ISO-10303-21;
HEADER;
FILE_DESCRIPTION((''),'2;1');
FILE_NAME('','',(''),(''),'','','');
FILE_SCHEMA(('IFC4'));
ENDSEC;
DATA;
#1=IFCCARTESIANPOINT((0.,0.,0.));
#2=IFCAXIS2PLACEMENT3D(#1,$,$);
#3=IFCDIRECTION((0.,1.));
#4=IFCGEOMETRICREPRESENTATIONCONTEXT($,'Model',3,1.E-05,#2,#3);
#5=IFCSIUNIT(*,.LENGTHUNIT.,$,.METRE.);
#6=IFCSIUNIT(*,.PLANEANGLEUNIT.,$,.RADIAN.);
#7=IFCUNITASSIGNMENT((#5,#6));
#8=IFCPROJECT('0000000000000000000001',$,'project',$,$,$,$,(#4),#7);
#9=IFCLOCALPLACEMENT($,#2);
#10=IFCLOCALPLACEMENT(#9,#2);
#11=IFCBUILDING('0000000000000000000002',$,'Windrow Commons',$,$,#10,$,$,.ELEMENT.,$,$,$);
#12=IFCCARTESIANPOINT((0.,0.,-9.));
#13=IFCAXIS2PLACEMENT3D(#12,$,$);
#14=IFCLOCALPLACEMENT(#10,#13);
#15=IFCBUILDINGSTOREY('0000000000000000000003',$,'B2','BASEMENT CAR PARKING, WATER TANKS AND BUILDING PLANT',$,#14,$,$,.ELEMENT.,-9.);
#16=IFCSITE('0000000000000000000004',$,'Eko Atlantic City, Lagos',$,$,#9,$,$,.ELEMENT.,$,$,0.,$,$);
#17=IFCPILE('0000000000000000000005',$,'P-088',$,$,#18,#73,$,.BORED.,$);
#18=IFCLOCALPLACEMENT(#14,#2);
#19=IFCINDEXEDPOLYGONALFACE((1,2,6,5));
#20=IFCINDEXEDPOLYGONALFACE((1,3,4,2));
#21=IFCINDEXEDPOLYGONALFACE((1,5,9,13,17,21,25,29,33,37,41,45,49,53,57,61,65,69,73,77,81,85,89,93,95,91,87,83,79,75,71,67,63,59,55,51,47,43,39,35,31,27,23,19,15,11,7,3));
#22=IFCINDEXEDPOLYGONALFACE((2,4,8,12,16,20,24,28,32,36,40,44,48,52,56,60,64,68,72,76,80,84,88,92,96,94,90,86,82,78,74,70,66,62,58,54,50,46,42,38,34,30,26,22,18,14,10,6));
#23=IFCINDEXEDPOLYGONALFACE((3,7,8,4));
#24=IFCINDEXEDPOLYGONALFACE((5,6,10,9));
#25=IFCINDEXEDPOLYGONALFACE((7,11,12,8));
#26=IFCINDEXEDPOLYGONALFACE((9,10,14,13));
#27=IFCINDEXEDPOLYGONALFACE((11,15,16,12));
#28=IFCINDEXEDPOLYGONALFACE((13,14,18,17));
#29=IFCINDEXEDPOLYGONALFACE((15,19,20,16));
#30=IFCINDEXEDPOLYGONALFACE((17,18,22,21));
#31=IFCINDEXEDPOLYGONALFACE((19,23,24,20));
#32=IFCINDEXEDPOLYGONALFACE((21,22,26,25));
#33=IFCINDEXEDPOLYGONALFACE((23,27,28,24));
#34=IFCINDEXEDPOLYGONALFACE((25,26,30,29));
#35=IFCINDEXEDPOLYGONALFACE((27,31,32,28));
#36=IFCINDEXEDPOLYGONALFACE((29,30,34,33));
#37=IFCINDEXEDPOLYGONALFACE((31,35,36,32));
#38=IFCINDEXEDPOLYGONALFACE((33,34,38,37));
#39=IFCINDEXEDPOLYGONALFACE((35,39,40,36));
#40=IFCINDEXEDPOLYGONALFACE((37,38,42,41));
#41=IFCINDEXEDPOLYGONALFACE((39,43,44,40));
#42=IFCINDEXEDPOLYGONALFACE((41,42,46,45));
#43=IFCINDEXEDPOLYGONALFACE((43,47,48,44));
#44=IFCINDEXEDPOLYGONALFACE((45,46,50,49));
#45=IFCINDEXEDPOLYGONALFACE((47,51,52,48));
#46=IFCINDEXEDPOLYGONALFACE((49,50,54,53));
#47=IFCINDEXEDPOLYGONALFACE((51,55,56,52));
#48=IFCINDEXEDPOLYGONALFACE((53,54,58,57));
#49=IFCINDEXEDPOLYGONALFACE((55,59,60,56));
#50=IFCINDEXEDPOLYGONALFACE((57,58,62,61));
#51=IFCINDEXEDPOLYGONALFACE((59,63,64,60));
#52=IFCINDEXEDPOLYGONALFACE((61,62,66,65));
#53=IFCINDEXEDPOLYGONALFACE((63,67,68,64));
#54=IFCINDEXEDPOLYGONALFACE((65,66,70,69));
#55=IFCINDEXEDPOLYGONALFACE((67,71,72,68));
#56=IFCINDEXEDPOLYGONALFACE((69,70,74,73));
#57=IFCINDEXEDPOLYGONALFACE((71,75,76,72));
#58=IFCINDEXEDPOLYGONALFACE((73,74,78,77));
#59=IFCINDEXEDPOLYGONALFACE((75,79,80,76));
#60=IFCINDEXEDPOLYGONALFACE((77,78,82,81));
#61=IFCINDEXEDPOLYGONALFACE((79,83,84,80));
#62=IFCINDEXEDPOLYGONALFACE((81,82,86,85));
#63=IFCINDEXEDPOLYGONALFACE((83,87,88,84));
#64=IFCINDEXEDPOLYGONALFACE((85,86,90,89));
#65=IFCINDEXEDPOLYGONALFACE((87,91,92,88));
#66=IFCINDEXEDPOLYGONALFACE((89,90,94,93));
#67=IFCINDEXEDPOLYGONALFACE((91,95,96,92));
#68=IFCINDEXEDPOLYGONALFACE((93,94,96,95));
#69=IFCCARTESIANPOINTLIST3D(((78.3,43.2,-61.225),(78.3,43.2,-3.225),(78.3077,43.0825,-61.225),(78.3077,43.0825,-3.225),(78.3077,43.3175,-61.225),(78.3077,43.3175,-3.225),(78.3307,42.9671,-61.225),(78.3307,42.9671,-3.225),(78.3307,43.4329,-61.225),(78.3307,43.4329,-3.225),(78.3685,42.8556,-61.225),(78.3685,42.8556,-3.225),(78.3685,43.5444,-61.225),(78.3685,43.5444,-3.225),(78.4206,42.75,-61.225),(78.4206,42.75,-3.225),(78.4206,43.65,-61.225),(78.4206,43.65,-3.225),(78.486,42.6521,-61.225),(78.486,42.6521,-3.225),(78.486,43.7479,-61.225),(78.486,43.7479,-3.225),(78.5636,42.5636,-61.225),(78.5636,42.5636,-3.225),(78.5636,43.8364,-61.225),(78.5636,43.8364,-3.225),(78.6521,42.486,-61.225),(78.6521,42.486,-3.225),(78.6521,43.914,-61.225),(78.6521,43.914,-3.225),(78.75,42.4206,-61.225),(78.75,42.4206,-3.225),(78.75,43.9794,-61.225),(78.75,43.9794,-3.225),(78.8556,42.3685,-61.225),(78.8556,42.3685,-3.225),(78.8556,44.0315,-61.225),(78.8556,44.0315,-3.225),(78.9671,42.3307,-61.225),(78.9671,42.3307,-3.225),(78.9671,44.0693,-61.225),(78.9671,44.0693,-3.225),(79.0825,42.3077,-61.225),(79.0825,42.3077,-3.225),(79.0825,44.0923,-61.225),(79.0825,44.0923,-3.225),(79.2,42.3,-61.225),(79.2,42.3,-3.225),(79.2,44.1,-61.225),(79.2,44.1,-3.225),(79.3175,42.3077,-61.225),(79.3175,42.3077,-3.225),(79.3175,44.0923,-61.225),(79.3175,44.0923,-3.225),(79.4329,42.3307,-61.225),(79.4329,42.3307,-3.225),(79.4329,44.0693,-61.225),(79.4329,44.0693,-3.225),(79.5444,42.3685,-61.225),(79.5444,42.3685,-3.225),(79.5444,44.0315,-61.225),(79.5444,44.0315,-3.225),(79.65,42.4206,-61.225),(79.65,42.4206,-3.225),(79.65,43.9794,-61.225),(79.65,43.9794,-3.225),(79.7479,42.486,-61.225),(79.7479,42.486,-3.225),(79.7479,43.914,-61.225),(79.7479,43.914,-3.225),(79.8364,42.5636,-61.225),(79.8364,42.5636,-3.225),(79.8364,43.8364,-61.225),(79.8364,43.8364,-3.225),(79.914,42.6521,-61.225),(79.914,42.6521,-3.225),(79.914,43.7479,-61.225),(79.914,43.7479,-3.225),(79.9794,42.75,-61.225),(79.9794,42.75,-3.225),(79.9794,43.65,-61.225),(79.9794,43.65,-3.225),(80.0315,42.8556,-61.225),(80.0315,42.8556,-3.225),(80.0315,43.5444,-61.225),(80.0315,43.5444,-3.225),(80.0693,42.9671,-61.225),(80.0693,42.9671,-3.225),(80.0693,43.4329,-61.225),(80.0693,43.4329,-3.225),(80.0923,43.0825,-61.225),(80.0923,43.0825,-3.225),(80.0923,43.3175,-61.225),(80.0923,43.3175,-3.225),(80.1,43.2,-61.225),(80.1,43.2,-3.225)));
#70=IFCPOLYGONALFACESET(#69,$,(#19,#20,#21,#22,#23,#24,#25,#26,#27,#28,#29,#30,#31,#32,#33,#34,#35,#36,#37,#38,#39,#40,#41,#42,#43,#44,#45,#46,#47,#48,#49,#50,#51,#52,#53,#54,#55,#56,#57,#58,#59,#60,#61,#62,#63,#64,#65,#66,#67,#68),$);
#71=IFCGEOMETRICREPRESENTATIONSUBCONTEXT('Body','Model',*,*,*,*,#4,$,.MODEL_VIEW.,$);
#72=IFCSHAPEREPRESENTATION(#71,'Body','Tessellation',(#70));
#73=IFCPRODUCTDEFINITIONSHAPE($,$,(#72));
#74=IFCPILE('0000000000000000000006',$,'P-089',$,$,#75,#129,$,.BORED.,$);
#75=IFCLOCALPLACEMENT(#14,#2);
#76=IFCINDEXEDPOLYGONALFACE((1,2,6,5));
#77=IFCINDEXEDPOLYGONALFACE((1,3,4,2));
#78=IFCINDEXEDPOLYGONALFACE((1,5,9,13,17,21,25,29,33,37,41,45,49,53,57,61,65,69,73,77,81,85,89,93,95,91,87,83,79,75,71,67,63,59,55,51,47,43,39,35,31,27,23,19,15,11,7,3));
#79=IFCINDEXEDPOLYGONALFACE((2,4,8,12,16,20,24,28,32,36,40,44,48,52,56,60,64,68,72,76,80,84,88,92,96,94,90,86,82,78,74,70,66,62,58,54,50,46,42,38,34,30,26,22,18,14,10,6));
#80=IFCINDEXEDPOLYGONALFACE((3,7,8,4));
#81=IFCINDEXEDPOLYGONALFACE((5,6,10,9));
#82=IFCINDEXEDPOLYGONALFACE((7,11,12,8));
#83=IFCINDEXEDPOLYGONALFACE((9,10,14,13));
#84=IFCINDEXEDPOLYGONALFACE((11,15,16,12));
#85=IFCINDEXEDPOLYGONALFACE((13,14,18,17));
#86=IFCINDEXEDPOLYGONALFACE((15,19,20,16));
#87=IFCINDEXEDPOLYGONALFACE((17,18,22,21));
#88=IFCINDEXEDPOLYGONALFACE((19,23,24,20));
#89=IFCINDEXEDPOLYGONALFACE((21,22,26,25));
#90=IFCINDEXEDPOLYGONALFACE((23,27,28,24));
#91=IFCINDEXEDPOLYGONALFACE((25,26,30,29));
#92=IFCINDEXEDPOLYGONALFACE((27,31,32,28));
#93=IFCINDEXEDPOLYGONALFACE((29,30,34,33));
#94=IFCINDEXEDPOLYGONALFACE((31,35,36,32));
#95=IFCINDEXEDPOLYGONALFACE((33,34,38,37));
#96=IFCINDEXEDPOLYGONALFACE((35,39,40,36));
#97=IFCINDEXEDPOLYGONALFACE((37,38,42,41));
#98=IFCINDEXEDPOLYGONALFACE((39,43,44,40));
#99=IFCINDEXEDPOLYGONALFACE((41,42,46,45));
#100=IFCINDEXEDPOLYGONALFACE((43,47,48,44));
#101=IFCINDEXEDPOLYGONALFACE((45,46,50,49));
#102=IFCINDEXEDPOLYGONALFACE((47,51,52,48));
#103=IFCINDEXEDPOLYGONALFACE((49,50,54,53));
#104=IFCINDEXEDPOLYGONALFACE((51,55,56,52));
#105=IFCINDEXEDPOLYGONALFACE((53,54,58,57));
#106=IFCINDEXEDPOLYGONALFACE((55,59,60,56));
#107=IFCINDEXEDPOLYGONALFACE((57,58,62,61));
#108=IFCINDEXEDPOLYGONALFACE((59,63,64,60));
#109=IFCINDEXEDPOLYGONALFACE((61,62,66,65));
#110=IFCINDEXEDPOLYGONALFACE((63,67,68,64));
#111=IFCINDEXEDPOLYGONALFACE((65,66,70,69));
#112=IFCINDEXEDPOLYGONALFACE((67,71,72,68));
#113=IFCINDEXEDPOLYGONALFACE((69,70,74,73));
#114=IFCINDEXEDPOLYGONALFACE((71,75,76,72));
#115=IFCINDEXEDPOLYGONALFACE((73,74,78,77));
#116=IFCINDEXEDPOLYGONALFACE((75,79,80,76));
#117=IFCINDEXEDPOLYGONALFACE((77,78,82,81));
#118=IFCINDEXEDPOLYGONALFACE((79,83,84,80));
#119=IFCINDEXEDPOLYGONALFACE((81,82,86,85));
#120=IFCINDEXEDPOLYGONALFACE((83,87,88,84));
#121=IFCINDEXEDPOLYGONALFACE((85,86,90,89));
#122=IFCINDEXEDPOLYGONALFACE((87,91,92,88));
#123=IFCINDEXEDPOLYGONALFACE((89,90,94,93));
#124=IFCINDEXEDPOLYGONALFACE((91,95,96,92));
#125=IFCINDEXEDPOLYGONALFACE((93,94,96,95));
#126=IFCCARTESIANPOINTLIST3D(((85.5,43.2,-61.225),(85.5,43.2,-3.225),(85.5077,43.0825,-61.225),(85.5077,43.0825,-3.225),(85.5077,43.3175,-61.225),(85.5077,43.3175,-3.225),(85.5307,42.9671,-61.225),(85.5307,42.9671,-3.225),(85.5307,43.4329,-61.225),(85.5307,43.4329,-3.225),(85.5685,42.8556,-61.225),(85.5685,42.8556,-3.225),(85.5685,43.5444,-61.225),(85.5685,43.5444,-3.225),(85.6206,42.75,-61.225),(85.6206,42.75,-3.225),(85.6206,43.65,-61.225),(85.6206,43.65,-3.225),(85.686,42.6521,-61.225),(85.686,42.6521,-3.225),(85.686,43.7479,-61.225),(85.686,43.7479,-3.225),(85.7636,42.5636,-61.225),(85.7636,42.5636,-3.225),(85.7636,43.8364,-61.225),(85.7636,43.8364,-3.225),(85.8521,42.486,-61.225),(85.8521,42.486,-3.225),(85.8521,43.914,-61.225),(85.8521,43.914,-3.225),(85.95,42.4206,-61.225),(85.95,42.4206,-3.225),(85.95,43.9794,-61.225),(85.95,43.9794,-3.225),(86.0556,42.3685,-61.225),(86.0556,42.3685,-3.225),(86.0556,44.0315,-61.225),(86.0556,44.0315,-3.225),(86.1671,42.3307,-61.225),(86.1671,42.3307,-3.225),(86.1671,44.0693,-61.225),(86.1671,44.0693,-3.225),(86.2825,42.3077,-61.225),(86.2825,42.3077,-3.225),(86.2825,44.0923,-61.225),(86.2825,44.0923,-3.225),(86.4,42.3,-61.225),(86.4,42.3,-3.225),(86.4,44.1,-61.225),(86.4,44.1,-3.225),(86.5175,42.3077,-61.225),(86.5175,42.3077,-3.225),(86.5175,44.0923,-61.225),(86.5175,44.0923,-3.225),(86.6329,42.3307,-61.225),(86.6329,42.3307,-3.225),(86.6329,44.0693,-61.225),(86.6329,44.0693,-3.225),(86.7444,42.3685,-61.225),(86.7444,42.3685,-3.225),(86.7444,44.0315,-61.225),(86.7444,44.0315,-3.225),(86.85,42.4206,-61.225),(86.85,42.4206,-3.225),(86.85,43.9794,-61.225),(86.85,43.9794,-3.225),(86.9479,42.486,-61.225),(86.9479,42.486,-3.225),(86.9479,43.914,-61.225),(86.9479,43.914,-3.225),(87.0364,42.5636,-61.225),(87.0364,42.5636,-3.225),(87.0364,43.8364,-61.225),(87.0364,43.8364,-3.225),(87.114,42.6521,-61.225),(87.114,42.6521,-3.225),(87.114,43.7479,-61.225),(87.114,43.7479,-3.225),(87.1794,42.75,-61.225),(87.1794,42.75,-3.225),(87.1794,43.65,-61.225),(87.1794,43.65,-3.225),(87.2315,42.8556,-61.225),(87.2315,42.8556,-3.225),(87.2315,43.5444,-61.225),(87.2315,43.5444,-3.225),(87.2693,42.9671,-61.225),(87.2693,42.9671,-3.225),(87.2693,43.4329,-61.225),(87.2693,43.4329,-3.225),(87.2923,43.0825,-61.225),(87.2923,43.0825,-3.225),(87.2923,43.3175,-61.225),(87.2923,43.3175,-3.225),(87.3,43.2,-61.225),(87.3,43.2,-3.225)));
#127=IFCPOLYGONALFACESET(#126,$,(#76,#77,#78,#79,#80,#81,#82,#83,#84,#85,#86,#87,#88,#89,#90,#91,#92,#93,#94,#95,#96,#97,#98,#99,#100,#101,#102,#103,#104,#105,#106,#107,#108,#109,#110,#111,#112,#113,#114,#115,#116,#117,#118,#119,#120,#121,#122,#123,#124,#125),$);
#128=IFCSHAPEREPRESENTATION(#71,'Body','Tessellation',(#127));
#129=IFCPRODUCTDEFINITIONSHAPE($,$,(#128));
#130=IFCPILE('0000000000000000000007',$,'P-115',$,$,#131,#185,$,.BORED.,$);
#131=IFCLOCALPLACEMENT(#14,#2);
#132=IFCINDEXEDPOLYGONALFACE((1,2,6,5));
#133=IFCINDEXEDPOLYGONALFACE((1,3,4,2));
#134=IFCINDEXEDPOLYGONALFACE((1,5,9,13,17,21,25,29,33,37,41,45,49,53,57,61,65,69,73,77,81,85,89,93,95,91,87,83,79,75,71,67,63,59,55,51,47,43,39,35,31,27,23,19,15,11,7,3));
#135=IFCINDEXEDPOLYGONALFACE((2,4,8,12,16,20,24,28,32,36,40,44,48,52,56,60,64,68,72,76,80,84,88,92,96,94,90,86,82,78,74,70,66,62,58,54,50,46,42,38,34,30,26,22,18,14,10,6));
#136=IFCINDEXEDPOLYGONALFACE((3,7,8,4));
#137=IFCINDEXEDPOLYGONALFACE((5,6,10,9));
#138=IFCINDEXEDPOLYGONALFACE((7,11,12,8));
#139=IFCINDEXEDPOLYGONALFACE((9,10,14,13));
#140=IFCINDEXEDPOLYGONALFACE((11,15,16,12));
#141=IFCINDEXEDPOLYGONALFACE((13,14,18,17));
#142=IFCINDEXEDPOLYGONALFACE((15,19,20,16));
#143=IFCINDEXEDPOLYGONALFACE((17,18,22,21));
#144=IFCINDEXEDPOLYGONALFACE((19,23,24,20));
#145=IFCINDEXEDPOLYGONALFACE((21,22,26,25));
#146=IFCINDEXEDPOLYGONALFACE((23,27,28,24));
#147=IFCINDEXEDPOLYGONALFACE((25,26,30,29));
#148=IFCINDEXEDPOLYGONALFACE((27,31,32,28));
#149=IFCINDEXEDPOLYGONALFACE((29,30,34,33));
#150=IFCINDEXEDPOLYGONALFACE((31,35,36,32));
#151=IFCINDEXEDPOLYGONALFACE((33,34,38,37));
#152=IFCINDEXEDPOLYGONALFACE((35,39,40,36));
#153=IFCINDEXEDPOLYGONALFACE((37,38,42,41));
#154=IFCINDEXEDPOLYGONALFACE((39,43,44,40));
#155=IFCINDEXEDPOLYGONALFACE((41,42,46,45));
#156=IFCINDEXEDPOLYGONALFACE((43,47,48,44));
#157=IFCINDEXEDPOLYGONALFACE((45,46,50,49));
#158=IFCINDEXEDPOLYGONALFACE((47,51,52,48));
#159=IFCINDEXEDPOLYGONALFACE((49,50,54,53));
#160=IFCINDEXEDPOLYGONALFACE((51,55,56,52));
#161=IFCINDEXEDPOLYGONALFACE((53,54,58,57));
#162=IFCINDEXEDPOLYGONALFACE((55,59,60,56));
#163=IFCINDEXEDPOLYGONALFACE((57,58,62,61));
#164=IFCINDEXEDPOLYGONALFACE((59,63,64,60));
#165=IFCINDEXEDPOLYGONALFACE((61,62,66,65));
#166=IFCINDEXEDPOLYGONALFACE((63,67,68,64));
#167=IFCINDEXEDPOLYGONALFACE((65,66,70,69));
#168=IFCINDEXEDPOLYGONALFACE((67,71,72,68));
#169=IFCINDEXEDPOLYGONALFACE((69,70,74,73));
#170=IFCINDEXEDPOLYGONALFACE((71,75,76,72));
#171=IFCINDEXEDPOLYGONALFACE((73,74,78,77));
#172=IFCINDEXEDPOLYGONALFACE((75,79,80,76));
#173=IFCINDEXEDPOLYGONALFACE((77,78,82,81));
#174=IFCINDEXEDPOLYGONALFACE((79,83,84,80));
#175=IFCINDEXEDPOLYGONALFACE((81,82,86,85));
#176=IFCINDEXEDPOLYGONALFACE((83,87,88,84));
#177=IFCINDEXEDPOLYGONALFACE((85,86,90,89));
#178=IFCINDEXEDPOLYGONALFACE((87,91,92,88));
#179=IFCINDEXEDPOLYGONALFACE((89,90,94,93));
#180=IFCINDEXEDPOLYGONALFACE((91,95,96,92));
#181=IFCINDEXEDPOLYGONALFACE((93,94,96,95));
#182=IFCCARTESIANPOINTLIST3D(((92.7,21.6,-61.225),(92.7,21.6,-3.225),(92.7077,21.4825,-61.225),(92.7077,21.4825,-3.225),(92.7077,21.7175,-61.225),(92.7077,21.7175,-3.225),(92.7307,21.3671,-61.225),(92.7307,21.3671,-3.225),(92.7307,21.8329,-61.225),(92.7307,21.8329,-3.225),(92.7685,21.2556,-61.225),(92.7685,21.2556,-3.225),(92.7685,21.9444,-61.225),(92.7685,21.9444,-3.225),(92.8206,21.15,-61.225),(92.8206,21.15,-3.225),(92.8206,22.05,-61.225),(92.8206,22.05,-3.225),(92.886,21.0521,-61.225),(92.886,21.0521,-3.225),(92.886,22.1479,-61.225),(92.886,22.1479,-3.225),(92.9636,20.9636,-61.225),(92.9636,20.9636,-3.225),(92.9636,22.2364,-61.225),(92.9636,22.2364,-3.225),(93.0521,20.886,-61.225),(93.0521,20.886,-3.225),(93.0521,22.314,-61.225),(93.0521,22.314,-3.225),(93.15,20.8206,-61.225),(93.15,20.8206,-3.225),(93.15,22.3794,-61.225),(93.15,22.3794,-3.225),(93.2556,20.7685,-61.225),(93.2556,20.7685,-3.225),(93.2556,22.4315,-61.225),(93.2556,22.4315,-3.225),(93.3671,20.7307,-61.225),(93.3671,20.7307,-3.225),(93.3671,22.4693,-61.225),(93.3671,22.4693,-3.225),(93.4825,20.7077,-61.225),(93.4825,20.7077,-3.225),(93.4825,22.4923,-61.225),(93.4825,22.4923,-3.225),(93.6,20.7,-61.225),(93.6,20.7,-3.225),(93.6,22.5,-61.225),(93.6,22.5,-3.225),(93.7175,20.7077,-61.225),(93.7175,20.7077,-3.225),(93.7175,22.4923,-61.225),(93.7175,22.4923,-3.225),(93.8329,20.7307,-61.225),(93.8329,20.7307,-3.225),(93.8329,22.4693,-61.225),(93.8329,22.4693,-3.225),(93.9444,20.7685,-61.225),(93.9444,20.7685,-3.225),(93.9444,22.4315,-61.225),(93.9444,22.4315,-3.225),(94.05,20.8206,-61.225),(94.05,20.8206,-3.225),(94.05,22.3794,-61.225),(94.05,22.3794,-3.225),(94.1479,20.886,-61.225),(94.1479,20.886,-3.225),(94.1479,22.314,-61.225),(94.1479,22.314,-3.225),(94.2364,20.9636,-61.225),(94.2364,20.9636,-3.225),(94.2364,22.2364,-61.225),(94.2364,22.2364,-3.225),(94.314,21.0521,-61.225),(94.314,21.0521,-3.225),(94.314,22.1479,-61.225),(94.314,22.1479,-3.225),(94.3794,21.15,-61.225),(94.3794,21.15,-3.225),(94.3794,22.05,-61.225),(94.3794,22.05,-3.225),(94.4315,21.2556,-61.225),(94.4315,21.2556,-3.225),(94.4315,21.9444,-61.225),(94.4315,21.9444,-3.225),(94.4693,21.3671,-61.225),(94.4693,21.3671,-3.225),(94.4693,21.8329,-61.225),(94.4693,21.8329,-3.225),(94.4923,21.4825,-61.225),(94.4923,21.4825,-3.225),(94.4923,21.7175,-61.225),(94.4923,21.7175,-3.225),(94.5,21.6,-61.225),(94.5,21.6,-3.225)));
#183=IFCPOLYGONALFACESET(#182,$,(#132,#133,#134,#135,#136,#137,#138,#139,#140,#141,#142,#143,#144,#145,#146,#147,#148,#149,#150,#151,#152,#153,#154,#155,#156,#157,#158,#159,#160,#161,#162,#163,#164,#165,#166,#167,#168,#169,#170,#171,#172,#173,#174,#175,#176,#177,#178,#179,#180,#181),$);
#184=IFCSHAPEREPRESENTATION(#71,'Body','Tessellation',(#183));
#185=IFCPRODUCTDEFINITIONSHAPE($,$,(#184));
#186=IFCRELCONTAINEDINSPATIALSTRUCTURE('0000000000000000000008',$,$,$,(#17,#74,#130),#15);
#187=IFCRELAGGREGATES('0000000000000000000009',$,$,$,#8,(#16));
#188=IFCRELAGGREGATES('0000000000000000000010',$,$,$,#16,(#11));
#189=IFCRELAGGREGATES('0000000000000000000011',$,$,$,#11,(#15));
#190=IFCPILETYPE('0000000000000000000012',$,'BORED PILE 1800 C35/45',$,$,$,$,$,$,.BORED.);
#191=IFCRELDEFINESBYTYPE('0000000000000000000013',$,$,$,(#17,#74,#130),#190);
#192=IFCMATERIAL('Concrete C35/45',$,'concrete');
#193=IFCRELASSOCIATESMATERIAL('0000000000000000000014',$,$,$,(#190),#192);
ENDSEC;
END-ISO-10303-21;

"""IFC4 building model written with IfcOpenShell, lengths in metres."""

from ifc_helpers import new_model, si_unit, direction, frame, origin, origin_2d, place, context, subcontext, project, spatial, circle, extrude, material, material_profile, profile_set, type_object, element, save


model = new_model("IFC4")

# Units and contexts
model_context = context("Model", 3, precision=1e-05, world=origin(), true_north=direction((0.0, 1.0)))
body_context = subcontext(model_context, "Body", "Model", "MODEL_VIEW")
ifc_project = project(units=[si_unit("LENGTHUNIT", "METRE"), si_unit("PLANEANGLEUNIT", "RADIAN")], contexts=[model_context])

# Site, building, storey
site_placement = place(None, origin())
site = spatial("IfcSite", under=ifc_project, at=site_placement, Name="Eko Atlantic City, Lagos", CompositionType="ELEMENT", RefElevation=0.0)
building_placement = place(site_placement, origin())
building = spatial("IfcBuilding", under=site, at=building_placement, Name="Windrow Commons", CompositionType="ELEMENT")
storey_placement = place(building_placement, frame((0.0, 0.0, -9.0)))
storey = spatial("IfcBuildingStorey", under=building, at=storey_placement, Name="B2", Description="BASEMENT CAR PARKING, WATER TANKS AND BUILDING PLANT", CompositionType="ELEMENT", Elevation=-9.0)

# Piles
ifc_material_1 = material(Name="Concrete C35/45", Category="concrete")
ifc_material_profile_1 = material_profile(ifc_material_1, circle(Radius=0.9, at=origin_2d()))
ifc_profile_set_1 = profile_set([ifc_material_profile_1], Name="Concrete C35/45")
pile_type = type_object("IfcPileType", Name="BORED PILE 1800 C35/45", PredefinedType="BORED", material=ifc_profile_set_1)
for number, where, z_axis, x_axis, name in (
    (1, (79.2, 43.2, -3.225), (0.0, 0.0, -1.0), (1.0, 0.0, 0.0), "P-088"),
    (2, (86.4, 43.2, -3.225), (0.0, 0.0, -1.0), (1.0, 0.0, 0.0), "P-089"),
    (3, (93.6, 21.6, -3.225), (0.0, 0.0, -1.0), (1.0, 0.0, 0.0), "P-115"),
):
    element("IfcPile", number, at=place(storey_placement, frame(where, z_axis=z_axis, x_axis=x_axis)), inside=storey, type_object=pile_type, Name=name, PredefinedType="BORED", context=body_context, shape_type="SweptSolid", body=[
        extrude(circle(Radius=0.9, at=origin_2d()), origin(), (0.0, 0.0, 1.0), 58.0),
    ])

save(model, "model.ifc")
